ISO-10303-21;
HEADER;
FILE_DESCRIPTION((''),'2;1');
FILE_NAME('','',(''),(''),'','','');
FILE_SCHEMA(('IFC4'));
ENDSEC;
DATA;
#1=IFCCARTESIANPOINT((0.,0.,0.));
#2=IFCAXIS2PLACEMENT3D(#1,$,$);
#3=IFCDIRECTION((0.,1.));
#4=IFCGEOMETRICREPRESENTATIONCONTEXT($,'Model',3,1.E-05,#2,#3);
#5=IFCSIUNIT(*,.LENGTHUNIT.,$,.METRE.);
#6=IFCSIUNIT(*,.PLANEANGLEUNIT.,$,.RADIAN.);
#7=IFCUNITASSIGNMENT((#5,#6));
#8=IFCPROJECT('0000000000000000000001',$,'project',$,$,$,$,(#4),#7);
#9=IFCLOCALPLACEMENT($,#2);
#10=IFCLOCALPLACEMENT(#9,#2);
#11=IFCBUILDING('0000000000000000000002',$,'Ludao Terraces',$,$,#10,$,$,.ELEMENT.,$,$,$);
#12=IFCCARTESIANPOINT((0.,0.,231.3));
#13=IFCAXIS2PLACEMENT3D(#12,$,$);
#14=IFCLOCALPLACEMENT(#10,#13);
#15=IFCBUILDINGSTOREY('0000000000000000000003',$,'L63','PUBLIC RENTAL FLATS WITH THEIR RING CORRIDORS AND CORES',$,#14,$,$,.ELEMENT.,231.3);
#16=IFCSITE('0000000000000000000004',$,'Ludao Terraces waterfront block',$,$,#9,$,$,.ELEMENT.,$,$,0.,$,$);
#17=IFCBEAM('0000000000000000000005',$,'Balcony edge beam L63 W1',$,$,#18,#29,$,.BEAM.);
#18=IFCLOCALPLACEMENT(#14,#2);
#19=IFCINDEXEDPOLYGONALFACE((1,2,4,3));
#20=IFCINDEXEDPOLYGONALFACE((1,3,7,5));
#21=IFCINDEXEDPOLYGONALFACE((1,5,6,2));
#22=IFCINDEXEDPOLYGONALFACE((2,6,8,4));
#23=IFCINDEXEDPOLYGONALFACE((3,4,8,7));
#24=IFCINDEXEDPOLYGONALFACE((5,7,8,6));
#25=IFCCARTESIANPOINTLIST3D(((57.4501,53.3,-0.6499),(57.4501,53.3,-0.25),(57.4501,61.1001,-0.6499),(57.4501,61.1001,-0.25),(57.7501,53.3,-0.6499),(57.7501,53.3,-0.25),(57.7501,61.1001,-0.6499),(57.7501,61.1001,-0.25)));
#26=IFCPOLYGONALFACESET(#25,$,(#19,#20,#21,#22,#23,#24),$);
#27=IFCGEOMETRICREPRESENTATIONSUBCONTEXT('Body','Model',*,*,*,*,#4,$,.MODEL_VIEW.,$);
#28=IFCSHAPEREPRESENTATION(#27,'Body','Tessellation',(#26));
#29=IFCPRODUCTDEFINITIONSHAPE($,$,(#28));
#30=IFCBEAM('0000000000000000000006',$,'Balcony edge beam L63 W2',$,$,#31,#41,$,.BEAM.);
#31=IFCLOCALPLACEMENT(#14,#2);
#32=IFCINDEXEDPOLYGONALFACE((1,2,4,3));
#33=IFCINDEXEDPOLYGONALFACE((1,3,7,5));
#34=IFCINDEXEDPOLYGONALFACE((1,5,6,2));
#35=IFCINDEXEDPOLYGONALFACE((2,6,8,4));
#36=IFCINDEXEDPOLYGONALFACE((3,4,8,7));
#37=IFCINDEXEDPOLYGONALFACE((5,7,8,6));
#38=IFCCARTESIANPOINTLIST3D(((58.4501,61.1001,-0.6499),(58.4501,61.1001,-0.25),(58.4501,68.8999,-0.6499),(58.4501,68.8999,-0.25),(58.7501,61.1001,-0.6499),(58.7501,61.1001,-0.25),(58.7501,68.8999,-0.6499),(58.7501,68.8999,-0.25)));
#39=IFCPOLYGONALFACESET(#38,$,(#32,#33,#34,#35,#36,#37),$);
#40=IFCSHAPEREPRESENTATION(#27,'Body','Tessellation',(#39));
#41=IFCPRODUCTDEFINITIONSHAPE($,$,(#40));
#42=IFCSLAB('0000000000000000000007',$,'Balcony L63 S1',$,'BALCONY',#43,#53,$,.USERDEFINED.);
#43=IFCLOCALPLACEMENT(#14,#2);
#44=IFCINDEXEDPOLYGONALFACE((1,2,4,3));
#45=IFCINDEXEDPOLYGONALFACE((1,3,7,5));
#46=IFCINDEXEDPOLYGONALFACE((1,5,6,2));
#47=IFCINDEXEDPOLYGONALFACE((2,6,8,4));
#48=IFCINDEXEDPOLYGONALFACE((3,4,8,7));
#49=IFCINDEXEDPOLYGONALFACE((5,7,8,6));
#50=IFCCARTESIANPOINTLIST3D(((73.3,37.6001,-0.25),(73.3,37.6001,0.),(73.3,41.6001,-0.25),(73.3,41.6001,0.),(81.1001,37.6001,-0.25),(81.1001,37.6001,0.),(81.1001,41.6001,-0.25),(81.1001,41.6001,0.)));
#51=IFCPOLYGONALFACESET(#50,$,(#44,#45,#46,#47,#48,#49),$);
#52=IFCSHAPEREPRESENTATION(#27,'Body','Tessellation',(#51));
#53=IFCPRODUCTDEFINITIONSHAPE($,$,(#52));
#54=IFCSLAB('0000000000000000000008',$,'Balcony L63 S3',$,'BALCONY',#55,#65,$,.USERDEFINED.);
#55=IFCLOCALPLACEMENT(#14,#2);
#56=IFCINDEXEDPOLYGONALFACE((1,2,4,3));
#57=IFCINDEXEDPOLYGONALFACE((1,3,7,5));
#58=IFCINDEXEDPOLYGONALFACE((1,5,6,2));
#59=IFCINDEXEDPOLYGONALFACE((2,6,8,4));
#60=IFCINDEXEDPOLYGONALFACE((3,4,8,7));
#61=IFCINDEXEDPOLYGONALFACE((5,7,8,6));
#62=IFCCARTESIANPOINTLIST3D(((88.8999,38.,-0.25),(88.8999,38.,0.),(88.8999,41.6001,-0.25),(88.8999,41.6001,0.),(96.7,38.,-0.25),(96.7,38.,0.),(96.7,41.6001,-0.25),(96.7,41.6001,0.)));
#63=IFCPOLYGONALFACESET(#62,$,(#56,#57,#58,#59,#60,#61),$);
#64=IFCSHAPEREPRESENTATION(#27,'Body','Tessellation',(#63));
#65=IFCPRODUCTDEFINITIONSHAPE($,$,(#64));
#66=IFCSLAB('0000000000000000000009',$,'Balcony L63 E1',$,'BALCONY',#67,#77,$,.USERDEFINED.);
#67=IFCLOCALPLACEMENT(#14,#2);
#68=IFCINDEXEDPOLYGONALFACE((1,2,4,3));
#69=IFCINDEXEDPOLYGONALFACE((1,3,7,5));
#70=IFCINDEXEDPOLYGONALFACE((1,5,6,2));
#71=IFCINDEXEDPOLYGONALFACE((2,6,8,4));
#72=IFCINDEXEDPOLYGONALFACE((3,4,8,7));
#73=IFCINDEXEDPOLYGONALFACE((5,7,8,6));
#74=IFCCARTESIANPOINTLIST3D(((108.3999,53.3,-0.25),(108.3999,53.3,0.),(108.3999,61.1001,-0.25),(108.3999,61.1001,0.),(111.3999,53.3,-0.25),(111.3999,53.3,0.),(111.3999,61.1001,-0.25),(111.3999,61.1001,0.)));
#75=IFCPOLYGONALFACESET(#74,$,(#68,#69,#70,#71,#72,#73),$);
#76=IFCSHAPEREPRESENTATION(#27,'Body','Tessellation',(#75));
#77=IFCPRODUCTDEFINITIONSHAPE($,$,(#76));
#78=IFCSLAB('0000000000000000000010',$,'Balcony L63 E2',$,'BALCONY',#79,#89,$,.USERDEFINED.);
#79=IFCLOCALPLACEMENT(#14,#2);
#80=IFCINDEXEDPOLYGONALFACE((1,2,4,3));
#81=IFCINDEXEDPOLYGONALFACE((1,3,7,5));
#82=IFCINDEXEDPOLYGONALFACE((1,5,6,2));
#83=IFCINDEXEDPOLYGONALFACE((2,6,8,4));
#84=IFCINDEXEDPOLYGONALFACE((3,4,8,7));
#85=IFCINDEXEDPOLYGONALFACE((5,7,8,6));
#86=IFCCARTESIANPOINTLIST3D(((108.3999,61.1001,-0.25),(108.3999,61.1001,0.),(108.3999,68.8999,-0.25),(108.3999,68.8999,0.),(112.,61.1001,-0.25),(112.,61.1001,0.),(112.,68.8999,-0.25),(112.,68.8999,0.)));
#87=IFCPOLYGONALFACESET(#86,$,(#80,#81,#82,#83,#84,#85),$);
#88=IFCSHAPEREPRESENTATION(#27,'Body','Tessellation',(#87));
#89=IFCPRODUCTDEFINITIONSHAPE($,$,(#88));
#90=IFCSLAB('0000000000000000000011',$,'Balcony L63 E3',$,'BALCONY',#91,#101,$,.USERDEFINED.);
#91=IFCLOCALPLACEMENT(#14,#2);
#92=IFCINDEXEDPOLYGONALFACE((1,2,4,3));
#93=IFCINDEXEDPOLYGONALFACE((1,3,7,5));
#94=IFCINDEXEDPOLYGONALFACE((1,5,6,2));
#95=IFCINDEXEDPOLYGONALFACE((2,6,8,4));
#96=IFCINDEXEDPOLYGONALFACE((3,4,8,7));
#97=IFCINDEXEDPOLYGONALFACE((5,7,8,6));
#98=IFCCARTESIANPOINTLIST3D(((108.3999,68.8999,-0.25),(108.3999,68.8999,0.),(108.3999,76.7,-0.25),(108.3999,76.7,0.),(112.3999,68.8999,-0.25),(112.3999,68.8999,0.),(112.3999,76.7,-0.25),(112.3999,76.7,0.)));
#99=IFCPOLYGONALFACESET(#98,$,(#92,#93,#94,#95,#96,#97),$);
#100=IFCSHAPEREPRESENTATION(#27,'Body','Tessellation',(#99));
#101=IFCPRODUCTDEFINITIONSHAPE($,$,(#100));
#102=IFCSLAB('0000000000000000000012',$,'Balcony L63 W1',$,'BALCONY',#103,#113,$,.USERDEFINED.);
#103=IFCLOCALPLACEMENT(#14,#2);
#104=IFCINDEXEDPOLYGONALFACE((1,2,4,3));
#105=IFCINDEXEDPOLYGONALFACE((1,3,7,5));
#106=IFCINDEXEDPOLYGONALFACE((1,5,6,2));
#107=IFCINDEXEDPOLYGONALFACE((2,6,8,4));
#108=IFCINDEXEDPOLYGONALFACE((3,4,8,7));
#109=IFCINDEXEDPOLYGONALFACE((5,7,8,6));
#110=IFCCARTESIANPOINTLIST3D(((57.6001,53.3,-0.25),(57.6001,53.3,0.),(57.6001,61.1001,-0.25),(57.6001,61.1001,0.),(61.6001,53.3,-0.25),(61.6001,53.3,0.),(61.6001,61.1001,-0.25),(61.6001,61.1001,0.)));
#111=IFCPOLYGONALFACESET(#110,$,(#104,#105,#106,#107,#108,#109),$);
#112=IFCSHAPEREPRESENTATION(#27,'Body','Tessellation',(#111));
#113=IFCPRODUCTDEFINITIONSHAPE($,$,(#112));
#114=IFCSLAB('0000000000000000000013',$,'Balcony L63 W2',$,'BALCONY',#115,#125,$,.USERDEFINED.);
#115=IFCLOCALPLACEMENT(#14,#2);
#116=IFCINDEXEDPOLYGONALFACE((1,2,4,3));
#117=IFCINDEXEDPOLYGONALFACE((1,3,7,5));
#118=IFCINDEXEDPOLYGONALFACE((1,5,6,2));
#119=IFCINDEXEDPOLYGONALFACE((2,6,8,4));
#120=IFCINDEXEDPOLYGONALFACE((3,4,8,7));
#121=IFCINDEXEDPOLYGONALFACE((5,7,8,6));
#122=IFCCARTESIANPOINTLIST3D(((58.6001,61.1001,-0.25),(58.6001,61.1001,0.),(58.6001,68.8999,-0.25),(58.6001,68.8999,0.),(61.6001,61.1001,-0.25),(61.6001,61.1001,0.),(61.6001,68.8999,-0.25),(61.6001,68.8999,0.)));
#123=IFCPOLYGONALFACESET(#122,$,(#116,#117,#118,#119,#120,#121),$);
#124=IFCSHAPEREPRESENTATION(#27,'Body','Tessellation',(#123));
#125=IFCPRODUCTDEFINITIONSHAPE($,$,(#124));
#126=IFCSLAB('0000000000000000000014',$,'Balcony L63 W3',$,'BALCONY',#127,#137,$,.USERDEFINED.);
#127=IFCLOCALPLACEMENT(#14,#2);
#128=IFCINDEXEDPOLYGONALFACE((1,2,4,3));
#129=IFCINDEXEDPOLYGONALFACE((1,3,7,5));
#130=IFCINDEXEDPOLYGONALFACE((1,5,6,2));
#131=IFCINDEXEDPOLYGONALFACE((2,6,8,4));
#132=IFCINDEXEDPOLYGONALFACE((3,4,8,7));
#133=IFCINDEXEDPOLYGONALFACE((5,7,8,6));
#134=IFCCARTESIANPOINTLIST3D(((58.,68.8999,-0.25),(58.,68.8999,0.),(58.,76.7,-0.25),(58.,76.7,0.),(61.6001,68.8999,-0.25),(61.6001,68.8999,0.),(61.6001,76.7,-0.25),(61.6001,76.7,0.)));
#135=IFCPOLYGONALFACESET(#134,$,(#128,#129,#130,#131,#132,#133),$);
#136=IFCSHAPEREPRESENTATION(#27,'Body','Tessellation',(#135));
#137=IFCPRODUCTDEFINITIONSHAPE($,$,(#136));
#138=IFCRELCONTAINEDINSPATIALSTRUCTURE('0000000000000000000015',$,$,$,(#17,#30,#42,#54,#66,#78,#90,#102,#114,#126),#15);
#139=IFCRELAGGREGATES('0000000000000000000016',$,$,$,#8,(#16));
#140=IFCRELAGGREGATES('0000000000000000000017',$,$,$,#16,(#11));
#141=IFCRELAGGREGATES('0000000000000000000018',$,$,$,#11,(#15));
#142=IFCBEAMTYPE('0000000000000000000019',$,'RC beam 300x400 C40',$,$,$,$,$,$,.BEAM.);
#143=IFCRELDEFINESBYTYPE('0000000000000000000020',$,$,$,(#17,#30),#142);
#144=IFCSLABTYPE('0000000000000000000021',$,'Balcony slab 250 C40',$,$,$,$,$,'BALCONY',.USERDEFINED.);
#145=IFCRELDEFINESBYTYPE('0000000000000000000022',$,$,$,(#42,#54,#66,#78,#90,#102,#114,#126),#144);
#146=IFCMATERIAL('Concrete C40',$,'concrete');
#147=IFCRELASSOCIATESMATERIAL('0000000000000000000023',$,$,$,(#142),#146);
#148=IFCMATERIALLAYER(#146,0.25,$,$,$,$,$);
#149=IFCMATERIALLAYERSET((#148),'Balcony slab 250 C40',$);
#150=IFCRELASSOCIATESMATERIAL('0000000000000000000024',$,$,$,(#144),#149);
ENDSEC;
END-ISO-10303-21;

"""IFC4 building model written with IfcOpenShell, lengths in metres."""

from ifc_helpers import new_model, si_unit, direction, frame, origin, origin_2d, place, context, subcontext, project, spatial, polyline, rectangle, outline, extrude, material, layer, layer_set, material_profile, profile_set, type_object, element, save


model = new_model("IFC4")

# Units and contexts
model_context = context("Model", 3, precision=1e-05, world=origin(), true_north=direction((0.0, 1.0)))
body_context = subcontext(model_context, "Body", "Model", "MODEL_VIEW")
ifc_project = project(units=[si_unit("LENGTHUNIT", "METRE"), si_unit("PLANEANGLEUNIT", "RADIAN")], contexts=[model_context])

# Site, building, storey
site_placement = place(None, origin())
site = spatial("IfcSite", under=ifc_project, at=site_placement, Name="Ludao Terraces waterfront block", CompositionType="ELEMENT", RefElevation=0.0)
building_placement = place(site_placement, origin())
building = spatial("IfcBuilding", under=site, at=building_placement, Name="Ludao Terraces", CompositionType="ELEMENT")
storey_placement = place(building_placement, frame((0.0, 0.0, 231.3)))
storey = spatial("IfcBuildingStorey", under=building, at=storey_placement, Name="L63", Description="PUBLIC RENTAL FLATS WITH THEIR RING CORRIDORS AND CORES", CompositionType="ELEMENT", Elevation=231.3)

# Beams
ifc_material_1 = material(Name="Concrete C40", Category="concrete")
ifc_material_profile = material_profile(ifc_material_1, rectangle(XDim=0.3, YDim=0.3999, at=origin_2d()), Name="300 X 400")
ifc_profile_set = profile_set([ifc_material_profile], Name="Concrete C40")
beam_type = type_object("IfcBeamType", Name="RC beam 300x400 C40", PredefinedType="BEAM", material=ifc_profile_set)
beam_1_placement = place(storey_placement, frame((57.6001, 53.3, -0.45), z_axis=(0.0, 1.0, 0.0), x_axis=(-1.0, 0.0, 0.0)))
element("IfcBeam", 1, at=beam_1_placement, inside=storey, type_object=beam_type, Name="Balcony edge beam L63 W1", PredefinedType="BEAM", context=body_context, shape_type="SweptSolid", body=[
    extrude(rectangle(XDim=0.3, YDim=0.3999, at=origin_2d()), origin(), (0.0, 0.0, 1.0), 7.8),
])
beam_2_placement = place(storey_placement, frame((58.6001, 61.1001, -0.45), z_axis=(0.0, 1.0, 0.0), x_axis=(-1.0, 0.0, 0.0)))
element("IfcBeam", 2, at=beam_2_placement, inside=storey, type_object=beam_type, Name="Balcony edge beam L63 W2", PredefinedType="BEAM", context=body_context, shape_type="SweptSolid", body=[
    extrude(rectangle(XDim=0.3, YDim=0.3999, at=origin_2d()), origin(), (0.0, 0.0, 1.0), 7.7998),
])

# Slabs
ifc_layer_1 = layer(ifc_material_1, 0.25)
ifc_layer_set_1 = layer_set([ifc_layer_1], Name="Balcony slab 250 C40")
slab_type_1 = type_object("IfcSlabType", Name="Balcony slab 250 C40", ElementType="BALCONY", PredefinedType="USERDEFINED", material=ifc_layer_set_1)
slab_1_placement = place(storey_placement, frame((0.0, 0.0, -0.25)))
element("IfcSlab", 3, at=slab_1_placement, inside=storey, type_object=slab_type_1, Name="Balcony L63 S1", ObjectType="BALCONY", PredefinedType="USERDEFINED", context=body_context, shape_type="SweptSolid", body=[
    extrude(outline(polyline([(73.3, 37.6001), (81.1001, 37.6001), (81.1001, 41.6001), (73.3, 41.6001), (73.3, 37.6001)])), origin(), (0.0, 0.0, 1.0), 0.25),
])
slab_2_placement = place(storey_placement, frame((0.0, 0.0, -0.25)))
element("IfcSlab", 4, at=slab_2_placement, inside=storey, type_object=slab_type_1, Name="Balcony L63 S3", ObjectType="BALCONY", PredefinedType="USERDEFINED", context=body_context, shape_type="SweptSolid", body=[
    extrude(outline(polyline([(88.8999, 38.0), (96.7, 38.0), (96.7, 41.6001), (88.8999, 41.6001), (88.8999, 38.0)])), origin(), (0.0, 0.0, 1.0), 0.25),
])
slab_3_placement = place(storey_placement, frame((0.0, 0.0, -0.25)))
element("IfcSlab", 5, at=slab_3_placement, inside=storey, type_object=slab_type_1, Name="Balcony L63 E1", ObjectType="BALCONY", PredefinedType="USERDEFINED", context=body_context, shape_type="SweptSolid", body=[
    extrude(outline(polyline([(108.3999, 53.3), (111.3999, 53.3), (111.3999, 61.1001), (108.3999, 61.1001), (108.3999, 53.3)])), origin(), (0.0, 0.0, 1.0), 0.25),
])
slab_4_placement = place(storey_placement, frame((0.0, 0.0, -0.25)))
element("IfcSlab", 6, at=slab_4_placement, inside=storey, type_object=slab_type_1, Name="Balcony L63 E2", ObjectType="BALCONY", PredefinedType="USERDEFINED", context=body_context, shape_type="SweptSolid", body=[
    extrude(outline(polyline([(108.3999, 61.1001), (112.0, 61.1001), (112.0, 68.8999), (108.3999, 68.8999), (108.3999, 61.1001)])), origin(), (0.0, 0.0, 1.0), 0.25),
])
slab_5_placement = place(storey_placement, frame((0.0, 0.0, -0.25)))
element("IfcSlab", 7, at=slab_5_placement, inside=storey, type_object=slab_type_1, Name="Balcony L63 E3", ObjectType="BALCONY", PredefinedType="USERDEFINED", context=body_context, shape_type="SweptSolid", body=[
    extrude(outline(polyline([(108.3999, 68.8999), (112.3999, 68.8999), (112.3999, 76.7), (108.3999, 76.7), (108.3999, 68.8999)])), origin(), (0.0, 0.0, 1.0), 0.25),
])
slab_6_placement = place(storey_placement, frame((0.0, 0.0, -0.25)))
element("IfcSlab", 8, at=slab_6_placement, inside=storey, type_object=slab_type_1, Name="Balcony L63 W1", ObjectType="BALCONY", PredefinedType="USERDEFINED", context=body_context, shape_type="SweptSolid", body=[
    extrude(outline(polyline([(57.6001, 53.3), (61.6001, 53.3), (61.6001, 61.1001), (57.6001, 61.1001), (57.6001, 53.3)])), origin(), (0.0, 0.0, 1.0), 0.25),
])
slab_7_placement = place(storey_placement, frame((0.0, 0.0, -0.25)))
element("IfcSlab", 9, at=slab_7_placement, inside=storey, type_object=slab_type_1, Name="Balcony L63 W2", ObjectType="BALCONY", PredefinedType="USERDEFINED", context=body_context, shape_type="SweptSolid", body=[
    extrude(outline(polyline([(58.6001, 61.1001), (61.6001, 61.1001), (61.6001, 68.8999), (58.6001, 68.8999), (58.6001, 61.1001)])), origin(), (0.0, 0.0, 1.0), 0.25),
])
slab_8_placement = place(storey_placement, frame((0.0, 0.0, -0.25)))
element("IfcSlab", 10, at=slab_8_placement, inside=storey, type_object=slab_type_1, Name="Balcony L63 W3", ObjectType="BALCONY", PredefinedType="USERDEFINED", context=body_context, shape_type="SweptSolid", body=[
    extrude(outline(polyline([(58.0, 68.8999), (61.6001, 68.8999), (61.6001, 76.7), (58.0, 76.7), (58.0, 68.8999)])), origin(), (0.0, 0.0, 1.0), 0.25),
])

save(model, "model.ifc")
